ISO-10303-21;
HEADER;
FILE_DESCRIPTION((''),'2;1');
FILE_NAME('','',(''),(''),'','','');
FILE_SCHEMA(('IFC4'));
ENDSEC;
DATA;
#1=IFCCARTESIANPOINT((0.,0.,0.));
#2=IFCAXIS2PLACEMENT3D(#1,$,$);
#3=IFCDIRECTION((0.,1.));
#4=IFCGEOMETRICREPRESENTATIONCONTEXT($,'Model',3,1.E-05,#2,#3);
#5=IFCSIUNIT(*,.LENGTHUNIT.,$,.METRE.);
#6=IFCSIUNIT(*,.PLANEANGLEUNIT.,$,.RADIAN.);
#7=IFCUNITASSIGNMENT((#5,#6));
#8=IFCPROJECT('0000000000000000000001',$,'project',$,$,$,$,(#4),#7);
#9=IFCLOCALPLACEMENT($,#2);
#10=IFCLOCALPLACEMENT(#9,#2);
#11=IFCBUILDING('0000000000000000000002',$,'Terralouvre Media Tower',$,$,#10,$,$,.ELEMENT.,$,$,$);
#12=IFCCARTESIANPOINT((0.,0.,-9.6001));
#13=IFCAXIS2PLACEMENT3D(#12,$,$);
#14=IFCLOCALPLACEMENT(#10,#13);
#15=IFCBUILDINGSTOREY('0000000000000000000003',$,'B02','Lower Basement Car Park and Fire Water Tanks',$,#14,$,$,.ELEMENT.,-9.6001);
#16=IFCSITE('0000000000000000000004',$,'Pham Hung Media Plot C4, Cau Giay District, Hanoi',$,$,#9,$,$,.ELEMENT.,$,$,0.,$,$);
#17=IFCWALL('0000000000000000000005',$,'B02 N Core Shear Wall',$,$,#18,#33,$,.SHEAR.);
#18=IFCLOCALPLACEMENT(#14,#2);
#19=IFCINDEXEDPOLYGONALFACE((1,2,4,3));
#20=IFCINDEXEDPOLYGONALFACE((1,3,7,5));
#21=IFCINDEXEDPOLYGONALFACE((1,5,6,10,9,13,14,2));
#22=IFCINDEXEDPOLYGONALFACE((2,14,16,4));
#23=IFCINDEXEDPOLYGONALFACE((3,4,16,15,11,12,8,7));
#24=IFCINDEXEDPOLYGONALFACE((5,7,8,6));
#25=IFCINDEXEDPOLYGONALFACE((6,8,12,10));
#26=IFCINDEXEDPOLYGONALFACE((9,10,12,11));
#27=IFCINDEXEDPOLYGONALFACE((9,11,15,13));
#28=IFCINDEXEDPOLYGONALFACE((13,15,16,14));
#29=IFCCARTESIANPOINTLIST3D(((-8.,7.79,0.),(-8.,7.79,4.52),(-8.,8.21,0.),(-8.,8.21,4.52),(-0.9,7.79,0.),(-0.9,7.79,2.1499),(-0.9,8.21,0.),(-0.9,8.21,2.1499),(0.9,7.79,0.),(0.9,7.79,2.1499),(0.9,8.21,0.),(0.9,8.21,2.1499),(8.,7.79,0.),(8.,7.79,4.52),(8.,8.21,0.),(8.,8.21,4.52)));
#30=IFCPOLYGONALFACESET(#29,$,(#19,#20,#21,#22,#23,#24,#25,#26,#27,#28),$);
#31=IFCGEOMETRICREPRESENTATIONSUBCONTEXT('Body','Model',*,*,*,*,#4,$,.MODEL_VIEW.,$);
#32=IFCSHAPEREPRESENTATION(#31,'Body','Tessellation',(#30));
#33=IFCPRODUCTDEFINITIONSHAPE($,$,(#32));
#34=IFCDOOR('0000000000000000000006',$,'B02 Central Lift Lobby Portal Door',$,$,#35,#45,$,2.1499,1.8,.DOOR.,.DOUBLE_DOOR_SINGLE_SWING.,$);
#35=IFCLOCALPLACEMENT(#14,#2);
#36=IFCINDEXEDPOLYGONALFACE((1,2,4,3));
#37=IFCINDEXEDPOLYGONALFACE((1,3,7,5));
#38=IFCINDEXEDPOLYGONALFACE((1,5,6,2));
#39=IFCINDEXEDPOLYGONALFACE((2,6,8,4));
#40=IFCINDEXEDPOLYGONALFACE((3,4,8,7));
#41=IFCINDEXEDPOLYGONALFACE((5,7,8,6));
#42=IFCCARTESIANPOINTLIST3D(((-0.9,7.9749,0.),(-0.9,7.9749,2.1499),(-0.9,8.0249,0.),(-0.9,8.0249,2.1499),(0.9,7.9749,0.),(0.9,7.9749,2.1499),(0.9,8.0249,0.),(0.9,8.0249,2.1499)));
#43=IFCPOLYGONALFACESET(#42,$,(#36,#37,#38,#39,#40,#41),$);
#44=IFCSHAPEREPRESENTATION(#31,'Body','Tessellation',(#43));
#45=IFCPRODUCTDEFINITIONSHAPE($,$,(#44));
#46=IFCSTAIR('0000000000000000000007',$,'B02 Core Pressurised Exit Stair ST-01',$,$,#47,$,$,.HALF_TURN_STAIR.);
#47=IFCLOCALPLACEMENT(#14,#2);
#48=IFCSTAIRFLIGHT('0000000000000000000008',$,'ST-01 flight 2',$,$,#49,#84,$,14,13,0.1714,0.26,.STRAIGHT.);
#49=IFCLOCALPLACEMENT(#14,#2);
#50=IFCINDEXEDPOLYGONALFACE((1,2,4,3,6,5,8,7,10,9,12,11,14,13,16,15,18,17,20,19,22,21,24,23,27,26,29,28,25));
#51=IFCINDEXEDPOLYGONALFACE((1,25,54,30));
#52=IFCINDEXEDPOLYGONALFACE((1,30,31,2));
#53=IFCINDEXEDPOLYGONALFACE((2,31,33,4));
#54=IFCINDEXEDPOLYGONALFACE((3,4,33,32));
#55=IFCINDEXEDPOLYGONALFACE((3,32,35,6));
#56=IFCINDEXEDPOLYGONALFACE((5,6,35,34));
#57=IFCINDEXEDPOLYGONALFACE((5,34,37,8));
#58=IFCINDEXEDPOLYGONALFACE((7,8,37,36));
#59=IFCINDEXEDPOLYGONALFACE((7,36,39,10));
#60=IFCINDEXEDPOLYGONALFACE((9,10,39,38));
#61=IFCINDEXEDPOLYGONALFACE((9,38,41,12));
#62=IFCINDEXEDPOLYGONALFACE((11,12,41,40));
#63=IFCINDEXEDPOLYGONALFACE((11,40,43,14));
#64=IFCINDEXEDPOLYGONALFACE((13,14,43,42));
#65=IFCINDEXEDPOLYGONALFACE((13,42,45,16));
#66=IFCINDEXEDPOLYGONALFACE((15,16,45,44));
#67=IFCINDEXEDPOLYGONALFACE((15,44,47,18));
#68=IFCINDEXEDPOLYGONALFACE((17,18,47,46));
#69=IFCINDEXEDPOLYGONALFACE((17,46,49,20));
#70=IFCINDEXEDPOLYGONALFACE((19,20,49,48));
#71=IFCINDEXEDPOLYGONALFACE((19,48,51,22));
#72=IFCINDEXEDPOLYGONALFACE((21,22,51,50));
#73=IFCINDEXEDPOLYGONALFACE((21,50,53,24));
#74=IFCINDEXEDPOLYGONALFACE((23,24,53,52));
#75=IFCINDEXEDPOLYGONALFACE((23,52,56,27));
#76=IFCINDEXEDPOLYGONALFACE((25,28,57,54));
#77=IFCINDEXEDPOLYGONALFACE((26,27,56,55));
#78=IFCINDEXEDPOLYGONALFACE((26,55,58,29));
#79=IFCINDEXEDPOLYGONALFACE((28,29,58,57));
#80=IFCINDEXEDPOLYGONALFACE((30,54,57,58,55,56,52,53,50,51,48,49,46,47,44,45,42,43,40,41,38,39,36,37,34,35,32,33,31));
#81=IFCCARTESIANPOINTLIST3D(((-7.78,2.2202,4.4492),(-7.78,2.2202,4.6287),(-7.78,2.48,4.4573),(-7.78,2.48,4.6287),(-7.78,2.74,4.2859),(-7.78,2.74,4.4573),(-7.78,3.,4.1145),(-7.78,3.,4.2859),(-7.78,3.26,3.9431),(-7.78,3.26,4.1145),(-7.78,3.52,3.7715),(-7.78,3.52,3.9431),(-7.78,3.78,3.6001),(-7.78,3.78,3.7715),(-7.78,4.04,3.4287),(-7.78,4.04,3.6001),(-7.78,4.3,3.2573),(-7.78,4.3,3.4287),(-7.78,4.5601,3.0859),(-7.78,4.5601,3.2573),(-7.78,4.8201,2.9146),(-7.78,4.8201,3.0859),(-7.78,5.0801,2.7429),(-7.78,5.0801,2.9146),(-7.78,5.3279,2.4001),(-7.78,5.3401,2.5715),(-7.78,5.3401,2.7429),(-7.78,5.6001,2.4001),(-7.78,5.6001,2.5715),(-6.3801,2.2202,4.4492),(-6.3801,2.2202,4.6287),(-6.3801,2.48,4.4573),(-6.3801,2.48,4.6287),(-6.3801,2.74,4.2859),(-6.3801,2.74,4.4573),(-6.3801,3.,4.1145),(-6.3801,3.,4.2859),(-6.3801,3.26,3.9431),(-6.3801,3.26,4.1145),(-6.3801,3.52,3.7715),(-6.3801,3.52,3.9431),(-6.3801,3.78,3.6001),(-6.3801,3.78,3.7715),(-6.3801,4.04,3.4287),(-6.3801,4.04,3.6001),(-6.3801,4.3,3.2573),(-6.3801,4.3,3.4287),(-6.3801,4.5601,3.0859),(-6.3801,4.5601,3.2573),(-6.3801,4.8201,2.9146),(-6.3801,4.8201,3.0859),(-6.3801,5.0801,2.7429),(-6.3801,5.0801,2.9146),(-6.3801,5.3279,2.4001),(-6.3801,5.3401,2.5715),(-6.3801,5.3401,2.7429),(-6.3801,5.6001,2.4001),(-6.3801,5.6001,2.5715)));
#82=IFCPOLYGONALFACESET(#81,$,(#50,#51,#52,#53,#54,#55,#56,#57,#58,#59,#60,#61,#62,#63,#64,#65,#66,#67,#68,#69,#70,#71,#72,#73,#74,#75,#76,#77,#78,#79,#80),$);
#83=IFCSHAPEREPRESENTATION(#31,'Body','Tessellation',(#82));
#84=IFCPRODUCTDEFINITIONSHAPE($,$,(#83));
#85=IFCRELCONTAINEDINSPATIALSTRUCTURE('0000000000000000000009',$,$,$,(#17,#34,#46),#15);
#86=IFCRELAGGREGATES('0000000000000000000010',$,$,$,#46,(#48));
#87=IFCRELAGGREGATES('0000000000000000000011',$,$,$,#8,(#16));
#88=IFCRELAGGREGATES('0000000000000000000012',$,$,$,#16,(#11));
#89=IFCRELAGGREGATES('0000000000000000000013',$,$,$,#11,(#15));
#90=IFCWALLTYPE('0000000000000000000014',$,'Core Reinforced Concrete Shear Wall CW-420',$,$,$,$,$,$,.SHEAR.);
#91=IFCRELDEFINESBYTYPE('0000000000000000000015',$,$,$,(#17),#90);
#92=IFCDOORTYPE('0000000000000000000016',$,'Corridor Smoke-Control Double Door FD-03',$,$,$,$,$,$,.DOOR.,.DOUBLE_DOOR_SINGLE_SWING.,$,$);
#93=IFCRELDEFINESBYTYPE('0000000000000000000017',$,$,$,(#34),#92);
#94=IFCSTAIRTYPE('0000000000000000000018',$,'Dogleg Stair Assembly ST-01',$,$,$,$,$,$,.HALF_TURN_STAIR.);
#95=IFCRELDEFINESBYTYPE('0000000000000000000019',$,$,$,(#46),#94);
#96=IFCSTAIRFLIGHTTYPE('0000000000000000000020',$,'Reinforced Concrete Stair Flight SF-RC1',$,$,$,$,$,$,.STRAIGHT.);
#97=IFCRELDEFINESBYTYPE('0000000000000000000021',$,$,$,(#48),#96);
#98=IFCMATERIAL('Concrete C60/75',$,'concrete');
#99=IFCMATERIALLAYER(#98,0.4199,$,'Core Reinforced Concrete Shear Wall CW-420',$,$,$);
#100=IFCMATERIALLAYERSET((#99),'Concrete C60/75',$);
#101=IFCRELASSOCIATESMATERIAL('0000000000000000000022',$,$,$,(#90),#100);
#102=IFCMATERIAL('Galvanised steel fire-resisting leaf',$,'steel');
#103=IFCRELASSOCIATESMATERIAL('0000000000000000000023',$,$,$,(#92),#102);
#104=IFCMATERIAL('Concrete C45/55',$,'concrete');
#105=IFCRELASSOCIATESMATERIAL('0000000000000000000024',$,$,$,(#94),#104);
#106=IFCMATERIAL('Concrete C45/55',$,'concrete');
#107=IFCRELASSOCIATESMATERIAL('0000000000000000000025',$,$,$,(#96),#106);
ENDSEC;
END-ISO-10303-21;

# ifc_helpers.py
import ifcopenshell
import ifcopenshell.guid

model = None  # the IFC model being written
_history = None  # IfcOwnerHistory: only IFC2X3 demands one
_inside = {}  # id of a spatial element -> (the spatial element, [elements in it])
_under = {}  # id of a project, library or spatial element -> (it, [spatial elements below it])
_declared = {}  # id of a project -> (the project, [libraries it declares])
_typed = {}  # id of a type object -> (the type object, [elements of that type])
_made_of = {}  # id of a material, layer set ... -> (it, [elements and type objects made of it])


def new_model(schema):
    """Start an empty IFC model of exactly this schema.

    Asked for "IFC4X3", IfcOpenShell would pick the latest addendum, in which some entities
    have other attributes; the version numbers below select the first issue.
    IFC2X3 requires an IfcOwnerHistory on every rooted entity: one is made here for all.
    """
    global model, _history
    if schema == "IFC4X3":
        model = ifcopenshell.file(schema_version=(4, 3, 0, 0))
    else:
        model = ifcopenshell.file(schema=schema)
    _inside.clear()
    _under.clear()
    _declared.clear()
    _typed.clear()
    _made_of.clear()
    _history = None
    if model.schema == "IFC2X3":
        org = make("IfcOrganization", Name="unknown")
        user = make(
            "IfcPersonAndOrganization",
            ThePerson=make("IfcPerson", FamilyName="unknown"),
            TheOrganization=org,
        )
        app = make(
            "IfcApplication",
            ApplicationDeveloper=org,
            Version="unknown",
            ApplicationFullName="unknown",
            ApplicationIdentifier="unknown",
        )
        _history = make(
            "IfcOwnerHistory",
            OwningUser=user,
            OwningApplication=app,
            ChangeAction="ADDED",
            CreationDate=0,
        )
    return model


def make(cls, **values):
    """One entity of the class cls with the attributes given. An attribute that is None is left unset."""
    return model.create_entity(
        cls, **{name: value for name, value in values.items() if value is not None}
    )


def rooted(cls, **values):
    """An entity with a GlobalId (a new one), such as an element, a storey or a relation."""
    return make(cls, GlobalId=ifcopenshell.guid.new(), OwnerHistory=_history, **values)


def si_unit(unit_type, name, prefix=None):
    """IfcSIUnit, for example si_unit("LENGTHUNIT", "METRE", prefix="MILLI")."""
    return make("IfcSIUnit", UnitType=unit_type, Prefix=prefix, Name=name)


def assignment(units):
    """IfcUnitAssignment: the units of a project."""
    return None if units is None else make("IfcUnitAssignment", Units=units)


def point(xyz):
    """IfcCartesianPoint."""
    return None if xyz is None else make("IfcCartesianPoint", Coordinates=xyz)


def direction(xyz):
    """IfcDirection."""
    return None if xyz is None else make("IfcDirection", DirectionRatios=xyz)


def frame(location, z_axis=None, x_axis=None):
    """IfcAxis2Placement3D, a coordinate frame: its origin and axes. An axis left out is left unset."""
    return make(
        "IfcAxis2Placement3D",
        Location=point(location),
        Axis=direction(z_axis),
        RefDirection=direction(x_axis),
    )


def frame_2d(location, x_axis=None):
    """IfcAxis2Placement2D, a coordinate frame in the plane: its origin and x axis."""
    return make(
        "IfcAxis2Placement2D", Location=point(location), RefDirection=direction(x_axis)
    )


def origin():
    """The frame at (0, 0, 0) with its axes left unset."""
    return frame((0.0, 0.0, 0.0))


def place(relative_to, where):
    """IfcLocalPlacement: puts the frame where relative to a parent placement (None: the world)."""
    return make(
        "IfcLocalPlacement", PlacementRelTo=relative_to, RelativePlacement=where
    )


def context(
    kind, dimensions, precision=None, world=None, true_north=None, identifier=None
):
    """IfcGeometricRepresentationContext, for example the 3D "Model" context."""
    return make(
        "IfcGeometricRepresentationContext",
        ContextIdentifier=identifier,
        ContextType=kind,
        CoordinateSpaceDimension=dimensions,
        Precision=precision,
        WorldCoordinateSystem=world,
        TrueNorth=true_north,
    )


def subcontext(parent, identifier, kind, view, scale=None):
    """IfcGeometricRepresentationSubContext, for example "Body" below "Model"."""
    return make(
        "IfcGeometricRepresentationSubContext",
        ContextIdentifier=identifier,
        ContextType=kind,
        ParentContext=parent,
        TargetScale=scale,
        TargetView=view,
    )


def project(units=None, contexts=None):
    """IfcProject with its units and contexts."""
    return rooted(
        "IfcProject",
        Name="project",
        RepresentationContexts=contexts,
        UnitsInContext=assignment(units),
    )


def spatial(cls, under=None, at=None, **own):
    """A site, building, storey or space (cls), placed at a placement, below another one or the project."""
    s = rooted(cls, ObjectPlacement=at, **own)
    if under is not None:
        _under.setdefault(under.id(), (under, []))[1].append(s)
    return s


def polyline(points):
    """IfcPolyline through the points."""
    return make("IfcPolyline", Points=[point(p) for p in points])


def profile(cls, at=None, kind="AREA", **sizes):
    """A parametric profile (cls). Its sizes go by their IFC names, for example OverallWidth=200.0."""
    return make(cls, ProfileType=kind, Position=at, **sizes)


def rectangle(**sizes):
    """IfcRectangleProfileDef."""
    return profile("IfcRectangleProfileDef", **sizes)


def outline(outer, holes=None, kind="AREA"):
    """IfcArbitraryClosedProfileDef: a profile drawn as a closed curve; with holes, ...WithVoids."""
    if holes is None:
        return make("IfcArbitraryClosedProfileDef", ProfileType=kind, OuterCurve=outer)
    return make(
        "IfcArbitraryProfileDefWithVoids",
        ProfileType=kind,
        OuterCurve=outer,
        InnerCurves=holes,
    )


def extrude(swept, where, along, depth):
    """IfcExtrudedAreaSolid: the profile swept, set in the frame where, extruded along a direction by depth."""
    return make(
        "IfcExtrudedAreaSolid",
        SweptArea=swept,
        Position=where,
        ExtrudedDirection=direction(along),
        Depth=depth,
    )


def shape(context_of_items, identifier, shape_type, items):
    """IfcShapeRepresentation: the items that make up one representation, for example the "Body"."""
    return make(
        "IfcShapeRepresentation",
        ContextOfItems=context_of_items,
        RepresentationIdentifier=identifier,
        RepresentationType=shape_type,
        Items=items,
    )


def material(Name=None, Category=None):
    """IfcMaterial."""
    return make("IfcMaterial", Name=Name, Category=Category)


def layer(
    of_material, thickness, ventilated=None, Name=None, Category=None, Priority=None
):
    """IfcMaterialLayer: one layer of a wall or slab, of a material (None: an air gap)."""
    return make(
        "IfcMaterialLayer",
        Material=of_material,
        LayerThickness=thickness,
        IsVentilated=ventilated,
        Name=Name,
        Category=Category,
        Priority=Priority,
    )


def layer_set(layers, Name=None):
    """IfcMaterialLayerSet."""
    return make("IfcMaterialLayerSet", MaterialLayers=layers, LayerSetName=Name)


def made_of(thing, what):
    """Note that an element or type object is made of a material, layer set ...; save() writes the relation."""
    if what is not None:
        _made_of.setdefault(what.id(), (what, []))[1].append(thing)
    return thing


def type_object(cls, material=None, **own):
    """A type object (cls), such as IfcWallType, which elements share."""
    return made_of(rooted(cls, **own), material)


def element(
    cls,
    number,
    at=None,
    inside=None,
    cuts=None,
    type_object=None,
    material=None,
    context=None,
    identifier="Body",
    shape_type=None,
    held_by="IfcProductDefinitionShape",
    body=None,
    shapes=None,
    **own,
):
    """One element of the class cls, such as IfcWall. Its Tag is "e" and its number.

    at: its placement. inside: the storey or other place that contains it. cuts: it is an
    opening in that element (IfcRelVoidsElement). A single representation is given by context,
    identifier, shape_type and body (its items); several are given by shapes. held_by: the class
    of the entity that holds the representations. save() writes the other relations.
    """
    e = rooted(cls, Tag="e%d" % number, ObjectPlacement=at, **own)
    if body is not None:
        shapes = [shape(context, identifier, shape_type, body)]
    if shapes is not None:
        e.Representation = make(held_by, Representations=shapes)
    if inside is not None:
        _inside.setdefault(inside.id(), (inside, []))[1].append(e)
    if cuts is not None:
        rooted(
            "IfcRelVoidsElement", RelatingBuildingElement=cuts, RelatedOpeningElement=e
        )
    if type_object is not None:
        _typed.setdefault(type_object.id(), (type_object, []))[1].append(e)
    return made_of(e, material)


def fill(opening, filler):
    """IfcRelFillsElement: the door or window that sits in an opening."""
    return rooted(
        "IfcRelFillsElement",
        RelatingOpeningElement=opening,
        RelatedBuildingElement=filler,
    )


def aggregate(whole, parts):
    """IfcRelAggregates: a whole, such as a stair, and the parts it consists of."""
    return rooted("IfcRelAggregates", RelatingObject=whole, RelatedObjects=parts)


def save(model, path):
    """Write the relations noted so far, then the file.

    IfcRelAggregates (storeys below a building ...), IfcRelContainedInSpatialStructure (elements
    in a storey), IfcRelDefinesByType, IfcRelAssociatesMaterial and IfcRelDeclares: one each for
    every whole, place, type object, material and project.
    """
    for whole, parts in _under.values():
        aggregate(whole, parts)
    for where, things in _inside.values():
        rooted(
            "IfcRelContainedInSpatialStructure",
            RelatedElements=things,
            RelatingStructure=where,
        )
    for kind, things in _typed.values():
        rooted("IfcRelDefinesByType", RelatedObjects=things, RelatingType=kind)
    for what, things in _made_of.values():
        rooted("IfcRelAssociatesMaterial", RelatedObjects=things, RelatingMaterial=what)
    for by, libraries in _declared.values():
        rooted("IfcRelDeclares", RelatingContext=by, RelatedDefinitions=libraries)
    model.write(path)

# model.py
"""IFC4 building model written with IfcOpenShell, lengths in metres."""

from ifc_helpers import new_model, si_unit, direction, frame, frame_2d, origin, place, context, subcontext, project, spatial, polyline, rectangle, outline, extrude, material, layer, layer_set, type_object, element, fill, aggregate, save


model = new_model("IFC4")

# Units and contexts
model_context = context("Model", 3, precision=1e-05, world=origin(), true_north=direction((0.0, 1.0)))
body_context = subcontext(model_context, "Body", "Model", "MODEL_VIEW")
ifc_project = project(units=[si_unit("LENGTHUNIT", "METRE"), si_unit("PLANEANGLEUNIT", "RADIAN")], contexts=[model_context])

# Site, building, storey
site_placement = place(None, origin())
site = spatial("IfcSite", under=ifc_project, at=site_placement, Name="Pham Hung Media Plot C4, Cau Giay District, Hanoi", CompositionType="ELEMENT", RefElevation=0.0)
building_placement = place(site_placement, origin())
building = spatial("IfcBuilding", under=site, at=building_placement, Name="Terralouvre Media Tower", CompositionType="ELEMENT")
storey_placement = place(building_placement, frame((0.0, 0.0, -9.6001)))
storey = spatial("IfcBuildingStorey", under=building, at=storey_placement, Name="B02", Description="Lower Basement Car Park and Fire Water Tanks", CompositionType="ELEMENT", Elevation=-9.6001)

# Wall, opening, door
ifc_material_1 = material(Name="Concrete C60/75", Category="concrete")
ifc_layer_1 = layer(ifc_material_1, 0.4199, Name="Core Reinforced Concrete Shear Wall CW-420")
ifc_layer_set_1 = layer_set([ifc_layer_1], Name="Concrete C60/75")
wall_type_1 = type_object("IfcWallType", Name="Core Reinforced Concrete Shear Wall CW-420", PredefinedType="SHEAR", material=ifc_layer_set_1)
wall_1_placement = place(storey_placement, frame((-8.0, 8.0, 0.0), z_axis=(0.0, 0.0, 1.0), x_axis=(1.0, 0.0, 0.0)))
wall_1 = element("IfcWall", 1, at=wall_1_placement, inside=storey, type_object=wall_type_1, Name="B02 N Core Shear Wall", PredefinedType="SHEAR", context=body_context, shape_type="SweptSolid", body=[
    extrude(rectangle(XDim=16.0, YDim=0.4199, at=frame_2d((8.0, 0.0))), origin(), (0.0, 0.0, 1.0), 4.52),
])
opening_placement = place(wall_1_placement, frame((7.1001, 0.0, 0.0)))
opening = element("IfcOpeningElement", 2, at=opening_placement, cuts=wall_1, PredefinedType="OPENING", context=body_context, shape_type="SweptSolid", body=[
    extrude(rectangle(XDim=1.8, YDim=2.1499, at=frame_2d((0.8999, 1.075))), frame((0.0, 0.22, 0.0), z_axis=(0.0, -1.0, 0.0), x_axis=(1.0, 0.0, 0.0)), (0.0, 0.0, 1.0), 0.4399),
])
ifc_material_2 = material(Name="Galvanised steel fire-resisting leaf", Category="steel")
door_type = type_object("IfcDoorType", Name="Corridor Smoke-Control Double Door FD-03", OperationType="DOUBLE_DOOR_SINGLE_SWING", PredefinedType="DOOR", material=ifc_material_2)
door_placement = place(opening_placement, origin())
door = element("IfcDoor", 3, at=door_placement, inside=storey, type_object=door_type, Name="B02 Central Lift Lobby Portal Door", OperationType="DOUBLE_DOOR_SINGLE_SWING", OverallHeight=2.1499, OverallWidth=1.8, PredefinedType="DOOR", context=body_context, shape_type="SweptSolid", body=[
    extrude(rectangle(XDim=1.8, YDim=2.1499, at=frame_2d((0.8999, 1.075))), frame((0.0, 0.0249, 0.0), z_axis=(0.0, -1.0, 0.0), x_axis=(1.0, 0.0, 0.0)), (0.0, 0.0, 1.0), 0.05),
])
fill(opening, door)

# Stair, stair flight
ifc_material_3 = material(Name="Concrete C45/55", Category="concrete")
stair_type = type_object("IfcStairType", Name="Dogleg Stair Assembly ST-01", PredefinedType="HALF_TURN_STAIR", material=ifc_material_3)
stair_placement = place(storey_placement, origin())
stair = element("IfcStair", 4, at=stair_placement, inside=storey, type_object=stair_type, Name="B02 Core Pressurised Exit Stair ST-01", PredefinedType="HALF_TURN_STAIR")
ifc_material_4 = material(Name="Concrete C45/55", Category="concrete")
stair_flight_type = type_object("IfcStairFlightType", Name="Reinforced Concrete Stair Flight SF-RC1", PredefinedType="STRAIGHT", material=ifc_material_4)
stair_flight_placement = place(storey_placement, frame((-7.0801, 5.6001, 2.4001), z_axis=(0.0, 0.0, 1.0), x_axis=(0.0, -1.0, 0.0)))
stair_flight = element("IfcStairFlight", 5, at=stair_flight_placement, type_object=stair_flight_type, Name="ST-01 flight 2", NumberOfRisers=14, NumberOfTreads=13, PredefinedType="STRAIGHT", RiserHeight=0.1714, TreadLength=0.26, context=body_context, shape_type="SweptSolid", body=[
    extrude(outline(polyline([(0.0, 0.0), (0.0, 0.1714), (0.26, 0.1714), (0.26, 0.3428), (0.52, 0.3428), (0.52, 0.5144), (0.78, 0.5144), (0.78, 0.6858), (1.04, 0.6858), (1.04, 0.8572), (1.3, 0.8572), (1.3, 1.0286), (1.5601, 1.0286), (1.5601, 1.2), (1.8201, 1.2), (1.8201, 1.3713), (2.0801, 1.3713), (2.0801, 1.543), (2.3401, 1.543), (2.3401, 1.7144), (2.6001, 1.7144), (2.6001, 1.8857), (2.8601, 1.8857), (2.8601, 2.0571), (3.1201, 2.0571), (3.1201, 2.2285), (3.3799, 2.2285), (3.3799, 2.3999), (3.3799, 2.0491), (0.2722, 0.0), (0.0, 0.0)])), frame((0.0, 0.7, 0.0), z_axis=(0.0, -1.0, 0.0), x_axis=(1.0, 0.0, 0.0)), (0.0, 0.0, 1.0), 1.3999),
])
aggregate(stair, [stair_flight])

save(model, "model.ifc")
